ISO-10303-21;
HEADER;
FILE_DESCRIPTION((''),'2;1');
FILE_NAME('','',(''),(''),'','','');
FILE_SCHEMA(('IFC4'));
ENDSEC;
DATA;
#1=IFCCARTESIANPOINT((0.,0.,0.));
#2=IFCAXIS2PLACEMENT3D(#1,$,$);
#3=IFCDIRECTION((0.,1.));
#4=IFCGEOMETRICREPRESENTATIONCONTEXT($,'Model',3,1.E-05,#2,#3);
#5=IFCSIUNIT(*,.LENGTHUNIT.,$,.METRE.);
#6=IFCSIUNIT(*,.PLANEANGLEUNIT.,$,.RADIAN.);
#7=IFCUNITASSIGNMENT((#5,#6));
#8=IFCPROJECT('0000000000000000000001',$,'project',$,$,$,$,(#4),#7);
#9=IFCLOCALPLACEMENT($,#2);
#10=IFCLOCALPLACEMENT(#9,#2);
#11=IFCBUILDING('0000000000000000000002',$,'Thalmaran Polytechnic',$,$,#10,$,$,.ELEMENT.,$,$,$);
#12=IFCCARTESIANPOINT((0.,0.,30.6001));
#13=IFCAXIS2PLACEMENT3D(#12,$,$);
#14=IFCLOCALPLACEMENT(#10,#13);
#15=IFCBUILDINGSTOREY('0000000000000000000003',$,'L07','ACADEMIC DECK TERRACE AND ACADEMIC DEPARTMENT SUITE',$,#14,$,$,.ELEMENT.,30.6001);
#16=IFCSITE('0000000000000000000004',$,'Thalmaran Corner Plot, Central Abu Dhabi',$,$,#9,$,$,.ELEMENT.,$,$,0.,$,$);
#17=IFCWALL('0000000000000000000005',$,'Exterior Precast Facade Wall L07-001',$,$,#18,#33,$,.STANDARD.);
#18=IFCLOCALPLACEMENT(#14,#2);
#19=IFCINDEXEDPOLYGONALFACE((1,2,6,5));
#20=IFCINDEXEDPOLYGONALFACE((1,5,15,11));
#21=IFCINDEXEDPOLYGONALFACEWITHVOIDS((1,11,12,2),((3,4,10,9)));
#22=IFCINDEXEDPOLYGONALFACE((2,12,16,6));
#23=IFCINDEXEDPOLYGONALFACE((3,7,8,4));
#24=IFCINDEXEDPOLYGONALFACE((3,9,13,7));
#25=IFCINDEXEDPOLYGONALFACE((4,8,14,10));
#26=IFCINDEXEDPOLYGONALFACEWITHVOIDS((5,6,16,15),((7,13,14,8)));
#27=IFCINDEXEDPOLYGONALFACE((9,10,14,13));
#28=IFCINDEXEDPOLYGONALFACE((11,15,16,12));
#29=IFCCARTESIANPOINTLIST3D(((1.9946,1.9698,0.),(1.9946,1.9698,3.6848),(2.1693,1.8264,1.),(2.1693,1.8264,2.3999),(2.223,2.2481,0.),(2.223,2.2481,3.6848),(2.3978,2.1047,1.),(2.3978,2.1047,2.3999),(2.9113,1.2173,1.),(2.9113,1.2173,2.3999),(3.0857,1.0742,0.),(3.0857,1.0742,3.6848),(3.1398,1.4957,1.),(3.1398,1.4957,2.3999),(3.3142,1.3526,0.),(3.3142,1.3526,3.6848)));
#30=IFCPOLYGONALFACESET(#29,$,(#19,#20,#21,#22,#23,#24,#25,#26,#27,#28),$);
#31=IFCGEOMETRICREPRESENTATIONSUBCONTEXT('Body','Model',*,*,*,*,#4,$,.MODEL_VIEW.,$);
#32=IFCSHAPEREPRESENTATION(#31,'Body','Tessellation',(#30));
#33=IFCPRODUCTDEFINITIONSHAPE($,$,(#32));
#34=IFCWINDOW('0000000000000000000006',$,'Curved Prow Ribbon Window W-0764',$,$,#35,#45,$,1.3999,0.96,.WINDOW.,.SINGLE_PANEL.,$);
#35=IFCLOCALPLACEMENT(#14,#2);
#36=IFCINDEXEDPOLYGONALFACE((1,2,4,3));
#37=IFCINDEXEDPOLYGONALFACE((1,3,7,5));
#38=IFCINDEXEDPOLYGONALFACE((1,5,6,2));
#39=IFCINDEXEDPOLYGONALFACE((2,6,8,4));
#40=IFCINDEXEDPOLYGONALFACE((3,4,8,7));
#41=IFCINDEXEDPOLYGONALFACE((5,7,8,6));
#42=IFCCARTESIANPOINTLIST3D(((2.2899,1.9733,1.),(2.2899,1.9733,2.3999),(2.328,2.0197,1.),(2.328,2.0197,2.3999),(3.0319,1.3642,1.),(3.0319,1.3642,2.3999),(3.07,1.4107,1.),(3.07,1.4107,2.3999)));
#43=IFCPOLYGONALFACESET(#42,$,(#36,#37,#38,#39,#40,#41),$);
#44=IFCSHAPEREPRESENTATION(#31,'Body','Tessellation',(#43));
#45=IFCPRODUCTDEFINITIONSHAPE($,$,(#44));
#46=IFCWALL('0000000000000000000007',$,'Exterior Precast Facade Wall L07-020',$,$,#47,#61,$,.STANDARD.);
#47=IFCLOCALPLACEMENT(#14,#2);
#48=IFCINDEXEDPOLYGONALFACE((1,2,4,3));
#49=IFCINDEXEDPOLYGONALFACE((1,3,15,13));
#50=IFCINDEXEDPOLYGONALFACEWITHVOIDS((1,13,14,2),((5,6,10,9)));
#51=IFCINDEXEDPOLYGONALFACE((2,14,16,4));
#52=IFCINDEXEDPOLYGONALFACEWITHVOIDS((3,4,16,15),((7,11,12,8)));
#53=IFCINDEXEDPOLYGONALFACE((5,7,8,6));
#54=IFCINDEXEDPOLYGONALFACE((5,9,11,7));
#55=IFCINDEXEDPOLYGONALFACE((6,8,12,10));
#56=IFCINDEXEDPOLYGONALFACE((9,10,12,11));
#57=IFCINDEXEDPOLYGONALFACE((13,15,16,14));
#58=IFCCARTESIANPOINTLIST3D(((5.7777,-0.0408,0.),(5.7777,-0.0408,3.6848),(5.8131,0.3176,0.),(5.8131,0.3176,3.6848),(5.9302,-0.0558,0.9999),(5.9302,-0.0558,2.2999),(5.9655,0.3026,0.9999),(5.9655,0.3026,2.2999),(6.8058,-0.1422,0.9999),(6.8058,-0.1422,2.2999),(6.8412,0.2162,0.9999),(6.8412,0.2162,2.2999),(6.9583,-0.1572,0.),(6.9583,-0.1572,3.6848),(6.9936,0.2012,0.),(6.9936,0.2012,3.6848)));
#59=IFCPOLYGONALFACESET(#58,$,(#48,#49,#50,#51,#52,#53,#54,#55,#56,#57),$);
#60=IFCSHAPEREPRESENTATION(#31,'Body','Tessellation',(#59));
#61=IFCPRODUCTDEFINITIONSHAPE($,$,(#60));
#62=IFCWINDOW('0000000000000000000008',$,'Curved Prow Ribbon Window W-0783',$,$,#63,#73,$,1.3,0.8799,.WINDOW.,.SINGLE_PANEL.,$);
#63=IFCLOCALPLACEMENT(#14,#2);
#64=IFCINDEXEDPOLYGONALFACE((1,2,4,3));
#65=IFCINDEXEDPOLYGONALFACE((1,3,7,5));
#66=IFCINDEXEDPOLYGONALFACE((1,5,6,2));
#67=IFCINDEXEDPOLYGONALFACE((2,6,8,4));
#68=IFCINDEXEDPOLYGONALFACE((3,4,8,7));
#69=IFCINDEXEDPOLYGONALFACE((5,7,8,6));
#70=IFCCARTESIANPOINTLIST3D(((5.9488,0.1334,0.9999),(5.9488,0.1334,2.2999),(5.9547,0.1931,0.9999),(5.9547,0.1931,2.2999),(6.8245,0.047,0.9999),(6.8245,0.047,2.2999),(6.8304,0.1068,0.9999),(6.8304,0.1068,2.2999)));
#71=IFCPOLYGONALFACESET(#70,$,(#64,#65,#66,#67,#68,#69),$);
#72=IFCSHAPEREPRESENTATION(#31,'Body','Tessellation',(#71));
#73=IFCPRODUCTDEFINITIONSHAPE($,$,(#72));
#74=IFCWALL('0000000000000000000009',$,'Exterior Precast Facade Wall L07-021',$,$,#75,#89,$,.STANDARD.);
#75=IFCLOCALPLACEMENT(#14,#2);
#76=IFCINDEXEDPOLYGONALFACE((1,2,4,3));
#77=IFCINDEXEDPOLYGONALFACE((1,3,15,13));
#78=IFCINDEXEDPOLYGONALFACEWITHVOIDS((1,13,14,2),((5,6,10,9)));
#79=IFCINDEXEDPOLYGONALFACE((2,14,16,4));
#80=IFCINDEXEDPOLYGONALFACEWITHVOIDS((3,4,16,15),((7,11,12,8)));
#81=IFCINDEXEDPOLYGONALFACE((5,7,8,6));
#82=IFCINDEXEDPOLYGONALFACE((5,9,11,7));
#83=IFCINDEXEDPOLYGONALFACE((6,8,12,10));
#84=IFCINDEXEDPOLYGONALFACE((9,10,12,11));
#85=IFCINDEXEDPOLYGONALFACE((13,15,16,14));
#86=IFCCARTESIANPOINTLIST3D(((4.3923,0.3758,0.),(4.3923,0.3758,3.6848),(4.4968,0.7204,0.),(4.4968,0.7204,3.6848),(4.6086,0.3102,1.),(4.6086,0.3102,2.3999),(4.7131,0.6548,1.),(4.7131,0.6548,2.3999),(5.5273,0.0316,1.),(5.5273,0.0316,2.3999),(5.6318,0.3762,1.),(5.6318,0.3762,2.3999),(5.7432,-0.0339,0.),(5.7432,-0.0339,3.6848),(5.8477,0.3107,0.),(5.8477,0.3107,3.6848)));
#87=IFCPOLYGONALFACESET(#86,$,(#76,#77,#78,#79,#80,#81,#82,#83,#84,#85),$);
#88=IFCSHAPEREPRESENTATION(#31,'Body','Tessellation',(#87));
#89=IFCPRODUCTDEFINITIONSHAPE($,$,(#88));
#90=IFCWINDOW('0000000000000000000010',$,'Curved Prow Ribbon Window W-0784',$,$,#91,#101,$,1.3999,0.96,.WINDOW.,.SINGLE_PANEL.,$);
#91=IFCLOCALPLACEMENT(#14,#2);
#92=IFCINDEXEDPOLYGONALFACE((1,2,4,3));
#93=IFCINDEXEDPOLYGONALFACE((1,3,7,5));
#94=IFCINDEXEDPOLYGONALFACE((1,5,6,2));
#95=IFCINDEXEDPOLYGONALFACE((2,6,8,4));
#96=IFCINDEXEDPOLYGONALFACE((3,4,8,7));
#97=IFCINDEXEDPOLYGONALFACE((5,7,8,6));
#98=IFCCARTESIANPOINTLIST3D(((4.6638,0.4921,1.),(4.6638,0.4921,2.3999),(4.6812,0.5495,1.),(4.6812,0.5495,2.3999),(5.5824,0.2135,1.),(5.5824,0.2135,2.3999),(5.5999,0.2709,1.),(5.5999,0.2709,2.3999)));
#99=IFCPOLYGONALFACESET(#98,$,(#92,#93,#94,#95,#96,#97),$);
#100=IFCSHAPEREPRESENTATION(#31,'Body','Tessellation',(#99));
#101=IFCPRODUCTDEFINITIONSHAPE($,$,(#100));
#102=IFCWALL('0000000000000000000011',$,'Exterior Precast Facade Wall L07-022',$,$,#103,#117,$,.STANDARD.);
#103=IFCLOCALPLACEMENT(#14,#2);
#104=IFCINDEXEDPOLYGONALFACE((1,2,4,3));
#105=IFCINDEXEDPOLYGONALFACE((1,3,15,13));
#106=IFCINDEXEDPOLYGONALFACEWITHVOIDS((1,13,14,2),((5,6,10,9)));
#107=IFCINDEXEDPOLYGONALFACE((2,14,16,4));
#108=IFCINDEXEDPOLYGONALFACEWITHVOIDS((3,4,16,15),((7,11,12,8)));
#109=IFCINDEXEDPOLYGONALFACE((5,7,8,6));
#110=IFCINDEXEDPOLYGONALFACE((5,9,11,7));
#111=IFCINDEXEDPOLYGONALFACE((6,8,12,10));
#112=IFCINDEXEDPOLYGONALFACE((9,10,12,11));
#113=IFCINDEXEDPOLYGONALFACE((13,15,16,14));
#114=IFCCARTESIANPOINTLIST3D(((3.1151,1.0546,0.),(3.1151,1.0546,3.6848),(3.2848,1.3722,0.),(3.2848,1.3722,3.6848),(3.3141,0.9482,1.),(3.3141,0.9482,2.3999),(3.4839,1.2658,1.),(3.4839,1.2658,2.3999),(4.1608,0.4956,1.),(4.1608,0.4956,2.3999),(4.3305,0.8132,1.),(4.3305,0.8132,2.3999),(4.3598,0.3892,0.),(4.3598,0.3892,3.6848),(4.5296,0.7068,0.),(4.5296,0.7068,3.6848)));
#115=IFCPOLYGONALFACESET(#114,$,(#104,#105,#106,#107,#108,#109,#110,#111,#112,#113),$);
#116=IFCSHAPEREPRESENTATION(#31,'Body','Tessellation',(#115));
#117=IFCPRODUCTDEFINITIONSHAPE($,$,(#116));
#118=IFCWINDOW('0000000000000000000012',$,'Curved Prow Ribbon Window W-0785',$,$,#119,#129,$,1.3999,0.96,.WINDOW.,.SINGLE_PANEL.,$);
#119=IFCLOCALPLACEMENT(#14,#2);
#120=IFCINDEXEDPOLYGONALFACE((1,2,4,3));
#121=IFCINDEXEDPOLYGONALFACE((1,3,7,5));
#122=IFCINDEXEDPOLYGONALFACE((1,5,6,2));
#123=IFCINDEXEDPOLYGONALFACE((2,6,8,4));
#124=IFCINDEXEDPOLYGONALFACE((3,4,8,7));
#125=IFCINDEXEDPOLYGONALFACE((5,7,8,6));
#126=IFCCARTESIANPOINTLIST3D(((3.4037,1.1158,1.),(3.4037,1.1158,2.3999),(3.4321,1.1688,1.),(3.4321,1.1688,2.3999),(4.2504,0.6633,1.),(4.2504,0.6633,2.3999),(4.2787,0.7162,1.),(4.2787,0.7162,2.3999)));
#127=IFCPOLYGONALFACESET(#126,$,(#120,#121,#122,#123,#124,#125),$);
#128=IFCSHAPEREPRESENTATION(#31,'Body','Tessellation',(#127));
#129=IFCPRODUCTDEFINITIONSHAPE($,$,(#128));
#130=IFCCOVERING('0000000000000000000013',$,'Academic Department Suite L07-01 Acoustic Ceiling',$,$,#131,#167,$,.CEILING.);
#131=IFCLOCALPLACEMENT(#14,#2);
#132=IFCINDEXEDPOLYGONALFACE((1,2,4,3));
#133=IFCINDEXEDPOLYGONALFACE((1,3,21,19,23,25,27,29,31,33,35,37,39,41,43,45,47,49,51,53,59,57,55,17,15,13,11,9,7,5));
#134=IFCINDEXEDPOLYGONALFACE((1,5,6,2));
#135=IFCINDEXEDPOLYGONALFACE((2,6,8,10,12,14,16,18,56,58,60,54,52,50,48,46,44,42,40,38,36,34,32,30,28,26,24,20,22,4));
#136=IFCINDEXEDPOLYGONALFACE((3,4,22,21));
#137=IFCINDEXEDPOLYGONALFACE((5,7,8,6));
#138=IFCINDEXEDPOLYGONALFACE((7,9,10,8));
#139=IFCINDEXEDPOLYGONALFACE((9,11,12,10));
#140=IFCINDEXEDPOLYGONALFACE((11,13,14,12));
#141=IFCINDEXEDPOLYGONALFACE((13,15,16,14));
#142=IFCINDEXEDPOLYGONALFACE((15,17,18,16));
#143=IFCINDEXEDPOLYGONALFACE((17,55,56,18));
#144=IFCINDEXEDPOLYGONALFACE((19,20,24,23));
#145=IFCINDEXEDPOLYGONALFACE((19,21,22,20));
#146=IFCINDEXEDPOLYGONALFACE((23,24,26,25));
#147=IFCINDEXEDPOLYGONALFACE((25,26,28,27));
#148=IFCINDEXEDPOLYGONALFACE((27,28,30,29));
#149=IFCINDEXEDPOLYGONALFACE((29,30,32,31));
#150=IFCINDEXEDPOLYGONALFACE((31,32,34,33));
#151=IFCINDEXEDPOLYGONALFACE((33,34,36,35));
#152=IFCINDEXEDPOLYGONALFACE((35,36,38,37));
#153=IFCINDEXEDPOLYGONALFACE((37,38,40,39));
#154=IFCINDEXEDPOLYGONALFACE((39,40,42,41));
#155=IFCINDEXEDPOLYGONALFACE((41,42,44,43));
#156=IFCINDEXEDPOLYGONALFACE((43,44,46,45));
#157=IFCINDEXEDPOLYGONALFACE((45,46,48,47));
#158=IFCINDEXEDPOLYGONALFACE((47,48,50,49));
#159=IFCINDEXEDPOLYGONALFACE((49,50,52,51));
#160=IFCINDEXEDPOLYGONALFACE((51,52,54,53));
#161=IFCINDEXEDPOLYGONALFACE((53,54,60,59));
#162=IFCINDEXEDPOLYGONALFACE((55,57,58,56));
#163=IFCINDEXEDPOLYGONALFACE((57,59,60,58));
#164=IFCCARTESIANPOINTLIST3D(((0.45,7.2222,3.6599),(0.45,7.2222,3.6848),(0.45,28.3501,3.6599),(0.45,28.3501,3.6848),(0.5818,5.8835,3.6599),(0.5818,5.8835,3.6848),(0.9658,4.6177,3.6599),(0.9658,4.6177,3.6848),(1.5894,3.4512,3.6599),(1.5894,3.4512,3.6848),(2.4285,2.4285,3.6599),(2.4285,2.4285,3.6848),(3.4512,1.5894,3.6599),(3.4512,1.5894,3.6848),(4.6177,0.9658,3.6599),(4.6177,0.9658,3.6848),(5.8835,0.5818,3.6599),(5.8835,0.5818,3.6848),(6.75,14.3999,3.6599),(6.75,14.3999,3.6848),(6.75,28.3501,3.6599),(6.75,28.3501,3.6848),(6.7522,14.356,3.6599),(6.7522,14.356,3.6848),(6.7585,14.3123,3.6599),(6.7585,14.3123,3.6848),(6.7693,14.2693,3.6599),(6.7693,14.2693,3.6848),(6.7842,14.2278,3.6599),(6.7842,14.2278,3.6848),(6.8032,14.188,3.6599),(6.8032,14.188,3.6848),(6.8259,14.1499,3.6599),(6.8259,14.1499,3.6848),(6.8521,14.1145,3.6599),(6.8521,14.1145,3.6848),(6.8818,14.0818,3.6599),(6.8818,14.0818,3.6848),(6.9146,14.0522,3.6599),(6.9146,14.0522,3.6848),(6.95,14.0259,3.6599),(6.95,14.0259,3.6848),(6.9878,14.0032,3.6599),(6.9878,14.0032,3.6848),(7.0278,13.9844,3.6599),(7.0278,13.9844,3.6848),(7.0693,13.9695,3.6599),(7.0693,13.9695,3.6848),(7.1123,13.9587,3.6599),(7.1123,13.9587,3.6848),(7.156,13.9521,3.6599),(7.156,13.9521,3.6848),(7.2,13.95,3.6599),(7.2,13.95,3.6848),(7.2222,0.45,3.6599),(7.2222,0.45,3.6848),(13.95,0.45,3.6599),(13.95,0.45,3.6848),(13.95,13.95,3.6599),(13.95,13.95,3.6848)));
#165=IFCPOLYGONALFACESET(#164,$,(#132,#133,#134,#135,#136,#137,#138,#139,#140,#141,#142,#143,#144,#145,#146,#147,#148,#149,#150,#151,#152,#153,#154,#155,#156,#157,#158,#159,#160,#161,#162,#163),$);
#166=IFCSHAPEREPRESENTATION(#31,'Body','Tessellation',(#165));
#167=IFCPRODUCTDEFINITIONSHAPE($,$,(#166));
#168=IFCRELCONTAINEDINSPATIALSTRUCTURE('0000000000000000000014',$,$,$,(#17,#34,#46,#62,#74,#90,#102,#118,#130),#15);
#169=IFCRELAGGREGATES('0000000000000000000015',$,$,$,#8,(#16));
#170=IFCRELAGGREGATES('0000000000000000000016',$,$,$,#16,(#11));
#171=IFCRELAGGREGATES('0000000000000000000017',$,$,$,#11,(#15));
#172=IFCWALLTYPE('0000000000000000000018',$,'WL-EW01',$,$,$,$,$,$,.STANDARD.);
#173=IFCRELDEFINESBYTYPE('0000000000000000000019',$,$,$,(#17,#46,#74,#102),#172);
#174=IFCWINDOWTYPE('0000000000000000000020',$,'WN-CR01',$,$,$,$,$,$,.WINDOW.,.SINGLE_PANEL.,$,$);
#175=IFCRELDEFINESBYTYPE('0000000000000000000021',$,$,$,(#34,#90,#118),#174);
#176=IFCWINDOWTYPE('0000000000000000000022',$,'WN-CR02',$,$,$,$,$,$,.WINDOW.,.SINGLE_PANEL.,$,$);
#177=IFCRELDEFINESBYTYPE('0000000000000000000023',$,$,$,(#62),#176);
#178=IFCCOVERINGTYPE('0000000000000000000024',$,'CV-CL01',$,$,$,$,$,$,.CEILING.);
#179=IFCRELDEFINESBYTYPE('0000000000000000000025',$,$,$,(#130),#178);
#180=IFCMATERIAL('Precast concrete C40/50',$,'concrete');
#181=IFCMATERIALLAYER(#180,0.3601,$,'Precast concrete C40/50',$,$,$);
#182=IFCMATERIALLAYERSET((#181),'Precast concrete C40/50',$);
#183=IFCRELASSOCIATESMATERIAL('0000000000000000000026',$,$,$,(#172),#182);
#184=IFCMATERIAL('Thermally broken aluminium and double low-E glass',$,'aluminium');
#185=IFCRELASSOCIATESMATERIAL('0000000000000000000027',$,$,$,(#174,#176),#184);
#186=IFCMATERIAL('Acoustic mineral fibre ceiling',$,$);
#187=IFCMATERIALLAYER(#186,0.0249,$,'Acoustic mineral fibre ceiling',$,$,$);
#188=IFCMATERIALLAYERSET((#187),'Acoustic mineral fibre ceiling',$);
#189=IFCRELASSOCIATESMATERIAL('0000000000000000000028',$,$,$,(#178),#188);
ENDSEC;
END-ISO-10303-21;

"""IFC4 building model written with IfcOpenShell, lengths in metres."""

from ifc_helpers import new_model, si_unit, direction, frame, frame_2d, origin, place, context, subcontext, project, spatial, polyline, rectangle, outline, extrude, material, layer, layer_set, type_object, element, fill, save


model = new_model("IFC4")

# Units and contexts
model_context = context("Model", 3, precision=1e-05, world=origin(), true_north=direction((0.0, 1.0)))
body_context = subcontext(model_context, "Body", "Model", "MODEL_VIEW")
ifc_project = project(units=[si_unit("LENGTHUNIT", "METRE"), si_unit("PLANEANGLEUNIT", "RADIAN")], contexts=[model_context])

# Site, building, storey
site_placement = place(None, origin())
site = spatial("IfcSite", under=ifc_project, at=site_placement, Name="Thalmaran Corner Plot, Central Abu Dhabi", CompositionType="ELEMENT", RefElevation=0.0)
building_placement = place(site_placement, origin())
building = spatial("IfcBuilding", under=site, at=building_placement, Name="Thalmaran Polytechnic", CompositionType="ELEMENT")
storey_placement = place(building_placement, frame((0.0, 0.0, 30.6001)))
storey = spatial("IfcBuildingStorey", under=building, at=storey_placement, Name="L07", Description="ACADEMIC DECK TERRACE AND ACADEMIC DEPARTMENT SUITE", CompositionType="ELEMENT", Elevation=30.6001)

# Walls, openings, windows
ifc_material_1 = material(Name="Precast concrete C40/50", Category="concrete")
ifc_layer_1 = layer(ifc_material_1, 0.3601, Name="Precast concrete C40/50")
ifc_layer_set_1 = layer_set([ifc_layer_1], Name="Precast concrete C40/50")
wall_type = type_object("IfcWallType", Name="WL-EW01", PredefinedType="STANDARD", material=ifc_layer_set_1)
wall_1_placement = place(storey_placement, frame((3.2, 1.2134, 0.0), z_axis=(0.0, 0.0, 1.0), x_axis=(-0.772978, 0.634433, 0.0)))
wall_1 = element("IfcWall", 1, at=wall_1_placement, inside=storey, type_object=wall_type, Name="Exterior Precast Facade Wall L07-001", PredefinedType="STANDARD", context=body_context, shape_type="SweptSolid", body=[
    extrude(rectangle(XDim=1.4116, YDim=0.3601, at=frame_2d((0.7058, 0.0))), origin(), (0.0, 0.0, 1.0), 3.6848),
])
opening_1_placement = place(wall_1_placement, frame((0.2256, 0.0, 1.0)))
opening_1 = element("IfcOpeningElement", 2, at=opening_1_placement, cuts=wall_1, PredefinedType="OPENING", context=body_context, shape_type="SweptSolid", body=[
    extrude(rectangle(XDim=0.96, YDim=1.3999, at=frame_2d((0.48, 0.7))), frame((0.0, 0.1899, 0.0), z_axis=(0.0, -1.0, 0.0), x_axis=(1.0, 0.0, 0.0)), (0.0, 0.0, 1.0), 0.3801),
])
ifc_material_2 = material(Name="Thermally broken aluminium and double low-E glass", Category="aluminium")
window_type_1 = type_object("IfcWindowType", Name="WN-CR01", PartitioningType="SINGLE_PANEL", PredefinedType="WINDOW", material=ifc_material_2)
window_1_placement = place(opening_1_placement, origin())
window_1 = element("IfcWindow", 3, at=window_1_placement, inside=storey, type_object=window_type_1, Name="Curved Prow Ribbon Window W-0764", OverallHeight=1.3999, OverallWidth=0.96, PartitioningType="SINGLE_PANEL", PredefinedType="WINDOW", context=body_context, shape_type="SweptSolid", body=[
    extrude(rectangle(XDim=0.96, YDim=1.3999, at=frame_2d((0.48, 0.7))), frame((0.0, -0.01, 0.0), z_axis=(0.0, -1.0, 0.0), x_axis=(1.0, 0.0, 0.0)), (0.0, 0.0, 1.0), 0.0601),
])
fill(opening_1, window_1)
wall_2_placement = place(storey_placement, frame((6.9761, 0.022, 0.0), z_axis=(0.0, 0.0, 1.0), x_axis=(-0.995171, 0.098159, 0.0)))
wall_2 = element("IfcWall", 4, at=wall_2_placement, inside=storey, type_object=wall_type, Name="Exterior Precast Facade Wall L07-020", PredefinedType="STANDARD", context=body_context, shape_type="SweptSolid", body=[
    extrude(rectangle(XDim=1.1863, YDim=0.3601, at=frame_2d((0.5933, 0.0))), origin(), (0.0, 0.0, 1.0), 3.6848),
])
opening_2_placement = place(wall_2_placement, frame((0.1533, 0.0, 1.0)))
opening_2 = element("IfcOpeningElement", 5, at=opening_2_placement, cuts=wall_2, PredefinedType="OPENING", context=body_context, shape_type="SweptSolid", body=[
    extrude(rectangle(XDim=0.8799, YDim=1.3, at=frame_2d((0.4399, 0.6499))), frame((0.0, 0.1899, 0.0), z_axis=(0.0, -1.0, 0.0), x_axis=(1.0, 0.0, 0.0)), (0.0, 0.0, 1.0), 0.3801),
])
window_type_2 = type_object("IfcWindowType", Name="WN-CR02", PartitioningType="SINGLE_PANEL", PredefinedType="WINDOW", material=ifc_material_2)
window_2_placement = place(opening_2_placement, origin())
window_2 = element("IfcWindow", 6, at=window_2_placement, inside=storey, type_object=window_type_2, Name="Curved Prow Ribbon Window W-0783", OverallHeight=1.3, OverallWidth=0.8799, PartitioningType="SINGLE_PANEL", PredefinedType="WINDOW", context=body_context, shape_type="SweptSolid", body=[
    extrude(rectangle(XDim=0.8799, YDim=1.3, at=frame_2d((0.4399, 0.6499))), frame((0.0, -0.01, 0.0), z_axis=(0.0, -1.0, 0.0), x_axis=(1.0, 0.0, 0.0)), (0.0, 0.0, 1.0), 0.0601),
])
fill(opening_2, window_2)
wall_3_placement = place(storey_placement, frame((5.7954, 0.1384, 0.0), z_axis=(0.0, 0.0, 1.0), x_axis=(-0.95696, 0.290219, 0.0)))
wall_3 = element("IfcWall", 7, at=wall_3_placement, inside=storey, type_object=wall_type, Name="Exterior Precast Facade Wall L07-021", PredefinedType="STANDARD", context=body_context, shape_type="SweptSolid", body=[
    extrude(rectangle(XDim=1.4116, YDim=0.3601, at=frame_2d((0.7058, 0.0))), origin(), (0.0, 0.0, 1.0), 3.6848),
])
opening_3_placement = place(wall_3_placement, frame((0.2256, 0.0, 1.0)))
opening_3 = element("IfcOpeningElement", 8, at=opening_3_placement, cuts=wall_3, PredefinedType="OPENING", context=body_context, shape_type="SweptSolid", body=[
    extrude(rectangle(XDim=0.96, YDim=1.3999, at=frame_2d((0.48, 0.7))), frame((0.0, 0.1899, 0.0), z_axis=(0.0, -1.0, 0.0), x_axis=(1.0, 0.0, 0.0)), (0.0, 0.0, 1.0), 0.3801),
])
window_3_placement = place(opening_3_placement, origin())
window_3 = element("IfcWindow", 9, at=window_3_placement, inside=storey, type_object=window_type_1, Name="Curved Prow Ribbon Window W-0784", OverallHeight=1.3999, OverallWidth=0.96, PartitioningType="SINGLE_PANEL", PredefinedType="WINDOW", context=body_context, shape_type="SweptSolid", body=[
    extrude(rectangle(XDim=0.96, YDim=1.3999, at=frame_2d((0.48, 0.7))), frame((0.0, -0.01, 0.0), z_axis=(0.0, -1.0, 0.0), x_axis=(1.0, 0.0, 0.0)), (0.0, 0.0, 1.0), 0.0601),
])
fill(opening_3, window_3)
wall_4_placement = place(storey_placement, frame((4.4446, 0.5481, 0.0), z_axis=(0.0, 0.0, 1.0), x_axis=(-0.881917, 0.471405, 0.0)))
wall_4 = element("IfcWall", 10, at=wall_4_placement, inside=storey, type_object=wall_type, Name="Exterior Precast Facade Wall L07-022", PredefinedType="STANDARD", context=body_context, shape_type="SweptSolid", body=[
    extrude(rectangle(XDim=1.4114, YDim=0.3601, at=frame_2d((0.7056, 0.0))), origin(), (0.0, 0.0, 1.0), 3.6848),
])
opening_4_placement = place(wall_4_placement, frame((0.2256, 0.0, 1.0)))
opening_4 = element("IfcOpeningElement", 11, at=opening_4_placement, cuts=wall_4, PredefinedType="OPENING", context=body_context, shape_type="SweptSolid", body=[
    extrude(rectangle(XDim=0.96, YDim=1.3999, at=frame_2d((0.48, 0.7))), frame((0.0, 0.1899, 0.0), z_axis=(0.0, -1.0, 0.0), x_axis=(1.0, 0.0, 0.0)), (0.0, 0.0, 1.0), 0.3801),
])
window_4_placement = place(opening_4_placement, origin())
window_4 = element("IfcWindow", 12, at=window_4_placement, inside=storey, type_object=window_type_1, Name="Curved Prow Ribbon Window W-0785", OverallHeight=1.3999, OverallWidth=0.96, PartitioningType="SINGLE_PANEL", PredefinedType="WINDOW", context=body_context, shape_type="SweptSolid", body=[
    extrude(rectangle(XDim=0.96, YDim=1.3999, at=frame_2d((0.48, 0.7))), frame((0.0, -0.01, 0.0), z_axis=(0.0, -1.0, 0.0), x_axis=(1.0, 0.0, 0.0)), (0.0, 0.0, 1.0), 0.0601),
])
fill(opening_4, window_4)

# Covering
ifc_material_3 = material(Name="Acoustic mineral fibre ceiling")
ifc_layer_2 = layer(ifc_material_3, 0.0249, Name="Acoustic mineral fibre ceiling")
ifc_layer_set_2 = layer_set([ifc_layer_2], Name="Acoustic mineral fibre ceiling")
covering_type_1 = type_object("IfcCoveringType", Name="CV-CL01", PredefinedType="CEILING", material=ifc_layer_set_2)
covering_1_placement = place(storey_placement, frame((0.0, 0.0, 3.6599)))
element("IfcCovering", 13, at=covering_1_placement, inside=storey, type_object=covering_type_1, Name="Academic Department Suite L07-01 Acoustic Ceiling", PredefinedType="CEILING", context=body_context, shape_type="SweptSolid", body=[
    extrude(outline(polyline([(4.6177, 0.9658), (3.4512, 1.5894), (2.4285, 2.4285), (1.5894, 3.4512), (0.9658, 4.6177), (0.5818, 5.8835), (0.45, 7.2222), (0.45, 28.3501), (6.75, 28.3501), (6.75, 14.3999), (6.7522, 14.356), (6.7585, 14.3123), (6.7693, 14.2693), (6.7842, 14.2278), (6.8032, 14.188), (6.8259, 14.1499), (6.8521, 14.1145), (6.8818, 14.0818), (6.9146, 14.0522), (6.95, 14.0259), (6.9878, 14.0032), (7.0278, 13.9844), (7.0693, 13.9695), (7.1123, 13.9587), (7.156, 13.9521), (7.2, 13.95), (13.95, 13.95), (13.95, 0.45), (7.2222, 0.45), (5.8835, 0.5818), (4.6177, 0.9658)])), origin(), (0.0, 0.0, 1.0), 0.0249),
])

save(model, "model.ifc")
